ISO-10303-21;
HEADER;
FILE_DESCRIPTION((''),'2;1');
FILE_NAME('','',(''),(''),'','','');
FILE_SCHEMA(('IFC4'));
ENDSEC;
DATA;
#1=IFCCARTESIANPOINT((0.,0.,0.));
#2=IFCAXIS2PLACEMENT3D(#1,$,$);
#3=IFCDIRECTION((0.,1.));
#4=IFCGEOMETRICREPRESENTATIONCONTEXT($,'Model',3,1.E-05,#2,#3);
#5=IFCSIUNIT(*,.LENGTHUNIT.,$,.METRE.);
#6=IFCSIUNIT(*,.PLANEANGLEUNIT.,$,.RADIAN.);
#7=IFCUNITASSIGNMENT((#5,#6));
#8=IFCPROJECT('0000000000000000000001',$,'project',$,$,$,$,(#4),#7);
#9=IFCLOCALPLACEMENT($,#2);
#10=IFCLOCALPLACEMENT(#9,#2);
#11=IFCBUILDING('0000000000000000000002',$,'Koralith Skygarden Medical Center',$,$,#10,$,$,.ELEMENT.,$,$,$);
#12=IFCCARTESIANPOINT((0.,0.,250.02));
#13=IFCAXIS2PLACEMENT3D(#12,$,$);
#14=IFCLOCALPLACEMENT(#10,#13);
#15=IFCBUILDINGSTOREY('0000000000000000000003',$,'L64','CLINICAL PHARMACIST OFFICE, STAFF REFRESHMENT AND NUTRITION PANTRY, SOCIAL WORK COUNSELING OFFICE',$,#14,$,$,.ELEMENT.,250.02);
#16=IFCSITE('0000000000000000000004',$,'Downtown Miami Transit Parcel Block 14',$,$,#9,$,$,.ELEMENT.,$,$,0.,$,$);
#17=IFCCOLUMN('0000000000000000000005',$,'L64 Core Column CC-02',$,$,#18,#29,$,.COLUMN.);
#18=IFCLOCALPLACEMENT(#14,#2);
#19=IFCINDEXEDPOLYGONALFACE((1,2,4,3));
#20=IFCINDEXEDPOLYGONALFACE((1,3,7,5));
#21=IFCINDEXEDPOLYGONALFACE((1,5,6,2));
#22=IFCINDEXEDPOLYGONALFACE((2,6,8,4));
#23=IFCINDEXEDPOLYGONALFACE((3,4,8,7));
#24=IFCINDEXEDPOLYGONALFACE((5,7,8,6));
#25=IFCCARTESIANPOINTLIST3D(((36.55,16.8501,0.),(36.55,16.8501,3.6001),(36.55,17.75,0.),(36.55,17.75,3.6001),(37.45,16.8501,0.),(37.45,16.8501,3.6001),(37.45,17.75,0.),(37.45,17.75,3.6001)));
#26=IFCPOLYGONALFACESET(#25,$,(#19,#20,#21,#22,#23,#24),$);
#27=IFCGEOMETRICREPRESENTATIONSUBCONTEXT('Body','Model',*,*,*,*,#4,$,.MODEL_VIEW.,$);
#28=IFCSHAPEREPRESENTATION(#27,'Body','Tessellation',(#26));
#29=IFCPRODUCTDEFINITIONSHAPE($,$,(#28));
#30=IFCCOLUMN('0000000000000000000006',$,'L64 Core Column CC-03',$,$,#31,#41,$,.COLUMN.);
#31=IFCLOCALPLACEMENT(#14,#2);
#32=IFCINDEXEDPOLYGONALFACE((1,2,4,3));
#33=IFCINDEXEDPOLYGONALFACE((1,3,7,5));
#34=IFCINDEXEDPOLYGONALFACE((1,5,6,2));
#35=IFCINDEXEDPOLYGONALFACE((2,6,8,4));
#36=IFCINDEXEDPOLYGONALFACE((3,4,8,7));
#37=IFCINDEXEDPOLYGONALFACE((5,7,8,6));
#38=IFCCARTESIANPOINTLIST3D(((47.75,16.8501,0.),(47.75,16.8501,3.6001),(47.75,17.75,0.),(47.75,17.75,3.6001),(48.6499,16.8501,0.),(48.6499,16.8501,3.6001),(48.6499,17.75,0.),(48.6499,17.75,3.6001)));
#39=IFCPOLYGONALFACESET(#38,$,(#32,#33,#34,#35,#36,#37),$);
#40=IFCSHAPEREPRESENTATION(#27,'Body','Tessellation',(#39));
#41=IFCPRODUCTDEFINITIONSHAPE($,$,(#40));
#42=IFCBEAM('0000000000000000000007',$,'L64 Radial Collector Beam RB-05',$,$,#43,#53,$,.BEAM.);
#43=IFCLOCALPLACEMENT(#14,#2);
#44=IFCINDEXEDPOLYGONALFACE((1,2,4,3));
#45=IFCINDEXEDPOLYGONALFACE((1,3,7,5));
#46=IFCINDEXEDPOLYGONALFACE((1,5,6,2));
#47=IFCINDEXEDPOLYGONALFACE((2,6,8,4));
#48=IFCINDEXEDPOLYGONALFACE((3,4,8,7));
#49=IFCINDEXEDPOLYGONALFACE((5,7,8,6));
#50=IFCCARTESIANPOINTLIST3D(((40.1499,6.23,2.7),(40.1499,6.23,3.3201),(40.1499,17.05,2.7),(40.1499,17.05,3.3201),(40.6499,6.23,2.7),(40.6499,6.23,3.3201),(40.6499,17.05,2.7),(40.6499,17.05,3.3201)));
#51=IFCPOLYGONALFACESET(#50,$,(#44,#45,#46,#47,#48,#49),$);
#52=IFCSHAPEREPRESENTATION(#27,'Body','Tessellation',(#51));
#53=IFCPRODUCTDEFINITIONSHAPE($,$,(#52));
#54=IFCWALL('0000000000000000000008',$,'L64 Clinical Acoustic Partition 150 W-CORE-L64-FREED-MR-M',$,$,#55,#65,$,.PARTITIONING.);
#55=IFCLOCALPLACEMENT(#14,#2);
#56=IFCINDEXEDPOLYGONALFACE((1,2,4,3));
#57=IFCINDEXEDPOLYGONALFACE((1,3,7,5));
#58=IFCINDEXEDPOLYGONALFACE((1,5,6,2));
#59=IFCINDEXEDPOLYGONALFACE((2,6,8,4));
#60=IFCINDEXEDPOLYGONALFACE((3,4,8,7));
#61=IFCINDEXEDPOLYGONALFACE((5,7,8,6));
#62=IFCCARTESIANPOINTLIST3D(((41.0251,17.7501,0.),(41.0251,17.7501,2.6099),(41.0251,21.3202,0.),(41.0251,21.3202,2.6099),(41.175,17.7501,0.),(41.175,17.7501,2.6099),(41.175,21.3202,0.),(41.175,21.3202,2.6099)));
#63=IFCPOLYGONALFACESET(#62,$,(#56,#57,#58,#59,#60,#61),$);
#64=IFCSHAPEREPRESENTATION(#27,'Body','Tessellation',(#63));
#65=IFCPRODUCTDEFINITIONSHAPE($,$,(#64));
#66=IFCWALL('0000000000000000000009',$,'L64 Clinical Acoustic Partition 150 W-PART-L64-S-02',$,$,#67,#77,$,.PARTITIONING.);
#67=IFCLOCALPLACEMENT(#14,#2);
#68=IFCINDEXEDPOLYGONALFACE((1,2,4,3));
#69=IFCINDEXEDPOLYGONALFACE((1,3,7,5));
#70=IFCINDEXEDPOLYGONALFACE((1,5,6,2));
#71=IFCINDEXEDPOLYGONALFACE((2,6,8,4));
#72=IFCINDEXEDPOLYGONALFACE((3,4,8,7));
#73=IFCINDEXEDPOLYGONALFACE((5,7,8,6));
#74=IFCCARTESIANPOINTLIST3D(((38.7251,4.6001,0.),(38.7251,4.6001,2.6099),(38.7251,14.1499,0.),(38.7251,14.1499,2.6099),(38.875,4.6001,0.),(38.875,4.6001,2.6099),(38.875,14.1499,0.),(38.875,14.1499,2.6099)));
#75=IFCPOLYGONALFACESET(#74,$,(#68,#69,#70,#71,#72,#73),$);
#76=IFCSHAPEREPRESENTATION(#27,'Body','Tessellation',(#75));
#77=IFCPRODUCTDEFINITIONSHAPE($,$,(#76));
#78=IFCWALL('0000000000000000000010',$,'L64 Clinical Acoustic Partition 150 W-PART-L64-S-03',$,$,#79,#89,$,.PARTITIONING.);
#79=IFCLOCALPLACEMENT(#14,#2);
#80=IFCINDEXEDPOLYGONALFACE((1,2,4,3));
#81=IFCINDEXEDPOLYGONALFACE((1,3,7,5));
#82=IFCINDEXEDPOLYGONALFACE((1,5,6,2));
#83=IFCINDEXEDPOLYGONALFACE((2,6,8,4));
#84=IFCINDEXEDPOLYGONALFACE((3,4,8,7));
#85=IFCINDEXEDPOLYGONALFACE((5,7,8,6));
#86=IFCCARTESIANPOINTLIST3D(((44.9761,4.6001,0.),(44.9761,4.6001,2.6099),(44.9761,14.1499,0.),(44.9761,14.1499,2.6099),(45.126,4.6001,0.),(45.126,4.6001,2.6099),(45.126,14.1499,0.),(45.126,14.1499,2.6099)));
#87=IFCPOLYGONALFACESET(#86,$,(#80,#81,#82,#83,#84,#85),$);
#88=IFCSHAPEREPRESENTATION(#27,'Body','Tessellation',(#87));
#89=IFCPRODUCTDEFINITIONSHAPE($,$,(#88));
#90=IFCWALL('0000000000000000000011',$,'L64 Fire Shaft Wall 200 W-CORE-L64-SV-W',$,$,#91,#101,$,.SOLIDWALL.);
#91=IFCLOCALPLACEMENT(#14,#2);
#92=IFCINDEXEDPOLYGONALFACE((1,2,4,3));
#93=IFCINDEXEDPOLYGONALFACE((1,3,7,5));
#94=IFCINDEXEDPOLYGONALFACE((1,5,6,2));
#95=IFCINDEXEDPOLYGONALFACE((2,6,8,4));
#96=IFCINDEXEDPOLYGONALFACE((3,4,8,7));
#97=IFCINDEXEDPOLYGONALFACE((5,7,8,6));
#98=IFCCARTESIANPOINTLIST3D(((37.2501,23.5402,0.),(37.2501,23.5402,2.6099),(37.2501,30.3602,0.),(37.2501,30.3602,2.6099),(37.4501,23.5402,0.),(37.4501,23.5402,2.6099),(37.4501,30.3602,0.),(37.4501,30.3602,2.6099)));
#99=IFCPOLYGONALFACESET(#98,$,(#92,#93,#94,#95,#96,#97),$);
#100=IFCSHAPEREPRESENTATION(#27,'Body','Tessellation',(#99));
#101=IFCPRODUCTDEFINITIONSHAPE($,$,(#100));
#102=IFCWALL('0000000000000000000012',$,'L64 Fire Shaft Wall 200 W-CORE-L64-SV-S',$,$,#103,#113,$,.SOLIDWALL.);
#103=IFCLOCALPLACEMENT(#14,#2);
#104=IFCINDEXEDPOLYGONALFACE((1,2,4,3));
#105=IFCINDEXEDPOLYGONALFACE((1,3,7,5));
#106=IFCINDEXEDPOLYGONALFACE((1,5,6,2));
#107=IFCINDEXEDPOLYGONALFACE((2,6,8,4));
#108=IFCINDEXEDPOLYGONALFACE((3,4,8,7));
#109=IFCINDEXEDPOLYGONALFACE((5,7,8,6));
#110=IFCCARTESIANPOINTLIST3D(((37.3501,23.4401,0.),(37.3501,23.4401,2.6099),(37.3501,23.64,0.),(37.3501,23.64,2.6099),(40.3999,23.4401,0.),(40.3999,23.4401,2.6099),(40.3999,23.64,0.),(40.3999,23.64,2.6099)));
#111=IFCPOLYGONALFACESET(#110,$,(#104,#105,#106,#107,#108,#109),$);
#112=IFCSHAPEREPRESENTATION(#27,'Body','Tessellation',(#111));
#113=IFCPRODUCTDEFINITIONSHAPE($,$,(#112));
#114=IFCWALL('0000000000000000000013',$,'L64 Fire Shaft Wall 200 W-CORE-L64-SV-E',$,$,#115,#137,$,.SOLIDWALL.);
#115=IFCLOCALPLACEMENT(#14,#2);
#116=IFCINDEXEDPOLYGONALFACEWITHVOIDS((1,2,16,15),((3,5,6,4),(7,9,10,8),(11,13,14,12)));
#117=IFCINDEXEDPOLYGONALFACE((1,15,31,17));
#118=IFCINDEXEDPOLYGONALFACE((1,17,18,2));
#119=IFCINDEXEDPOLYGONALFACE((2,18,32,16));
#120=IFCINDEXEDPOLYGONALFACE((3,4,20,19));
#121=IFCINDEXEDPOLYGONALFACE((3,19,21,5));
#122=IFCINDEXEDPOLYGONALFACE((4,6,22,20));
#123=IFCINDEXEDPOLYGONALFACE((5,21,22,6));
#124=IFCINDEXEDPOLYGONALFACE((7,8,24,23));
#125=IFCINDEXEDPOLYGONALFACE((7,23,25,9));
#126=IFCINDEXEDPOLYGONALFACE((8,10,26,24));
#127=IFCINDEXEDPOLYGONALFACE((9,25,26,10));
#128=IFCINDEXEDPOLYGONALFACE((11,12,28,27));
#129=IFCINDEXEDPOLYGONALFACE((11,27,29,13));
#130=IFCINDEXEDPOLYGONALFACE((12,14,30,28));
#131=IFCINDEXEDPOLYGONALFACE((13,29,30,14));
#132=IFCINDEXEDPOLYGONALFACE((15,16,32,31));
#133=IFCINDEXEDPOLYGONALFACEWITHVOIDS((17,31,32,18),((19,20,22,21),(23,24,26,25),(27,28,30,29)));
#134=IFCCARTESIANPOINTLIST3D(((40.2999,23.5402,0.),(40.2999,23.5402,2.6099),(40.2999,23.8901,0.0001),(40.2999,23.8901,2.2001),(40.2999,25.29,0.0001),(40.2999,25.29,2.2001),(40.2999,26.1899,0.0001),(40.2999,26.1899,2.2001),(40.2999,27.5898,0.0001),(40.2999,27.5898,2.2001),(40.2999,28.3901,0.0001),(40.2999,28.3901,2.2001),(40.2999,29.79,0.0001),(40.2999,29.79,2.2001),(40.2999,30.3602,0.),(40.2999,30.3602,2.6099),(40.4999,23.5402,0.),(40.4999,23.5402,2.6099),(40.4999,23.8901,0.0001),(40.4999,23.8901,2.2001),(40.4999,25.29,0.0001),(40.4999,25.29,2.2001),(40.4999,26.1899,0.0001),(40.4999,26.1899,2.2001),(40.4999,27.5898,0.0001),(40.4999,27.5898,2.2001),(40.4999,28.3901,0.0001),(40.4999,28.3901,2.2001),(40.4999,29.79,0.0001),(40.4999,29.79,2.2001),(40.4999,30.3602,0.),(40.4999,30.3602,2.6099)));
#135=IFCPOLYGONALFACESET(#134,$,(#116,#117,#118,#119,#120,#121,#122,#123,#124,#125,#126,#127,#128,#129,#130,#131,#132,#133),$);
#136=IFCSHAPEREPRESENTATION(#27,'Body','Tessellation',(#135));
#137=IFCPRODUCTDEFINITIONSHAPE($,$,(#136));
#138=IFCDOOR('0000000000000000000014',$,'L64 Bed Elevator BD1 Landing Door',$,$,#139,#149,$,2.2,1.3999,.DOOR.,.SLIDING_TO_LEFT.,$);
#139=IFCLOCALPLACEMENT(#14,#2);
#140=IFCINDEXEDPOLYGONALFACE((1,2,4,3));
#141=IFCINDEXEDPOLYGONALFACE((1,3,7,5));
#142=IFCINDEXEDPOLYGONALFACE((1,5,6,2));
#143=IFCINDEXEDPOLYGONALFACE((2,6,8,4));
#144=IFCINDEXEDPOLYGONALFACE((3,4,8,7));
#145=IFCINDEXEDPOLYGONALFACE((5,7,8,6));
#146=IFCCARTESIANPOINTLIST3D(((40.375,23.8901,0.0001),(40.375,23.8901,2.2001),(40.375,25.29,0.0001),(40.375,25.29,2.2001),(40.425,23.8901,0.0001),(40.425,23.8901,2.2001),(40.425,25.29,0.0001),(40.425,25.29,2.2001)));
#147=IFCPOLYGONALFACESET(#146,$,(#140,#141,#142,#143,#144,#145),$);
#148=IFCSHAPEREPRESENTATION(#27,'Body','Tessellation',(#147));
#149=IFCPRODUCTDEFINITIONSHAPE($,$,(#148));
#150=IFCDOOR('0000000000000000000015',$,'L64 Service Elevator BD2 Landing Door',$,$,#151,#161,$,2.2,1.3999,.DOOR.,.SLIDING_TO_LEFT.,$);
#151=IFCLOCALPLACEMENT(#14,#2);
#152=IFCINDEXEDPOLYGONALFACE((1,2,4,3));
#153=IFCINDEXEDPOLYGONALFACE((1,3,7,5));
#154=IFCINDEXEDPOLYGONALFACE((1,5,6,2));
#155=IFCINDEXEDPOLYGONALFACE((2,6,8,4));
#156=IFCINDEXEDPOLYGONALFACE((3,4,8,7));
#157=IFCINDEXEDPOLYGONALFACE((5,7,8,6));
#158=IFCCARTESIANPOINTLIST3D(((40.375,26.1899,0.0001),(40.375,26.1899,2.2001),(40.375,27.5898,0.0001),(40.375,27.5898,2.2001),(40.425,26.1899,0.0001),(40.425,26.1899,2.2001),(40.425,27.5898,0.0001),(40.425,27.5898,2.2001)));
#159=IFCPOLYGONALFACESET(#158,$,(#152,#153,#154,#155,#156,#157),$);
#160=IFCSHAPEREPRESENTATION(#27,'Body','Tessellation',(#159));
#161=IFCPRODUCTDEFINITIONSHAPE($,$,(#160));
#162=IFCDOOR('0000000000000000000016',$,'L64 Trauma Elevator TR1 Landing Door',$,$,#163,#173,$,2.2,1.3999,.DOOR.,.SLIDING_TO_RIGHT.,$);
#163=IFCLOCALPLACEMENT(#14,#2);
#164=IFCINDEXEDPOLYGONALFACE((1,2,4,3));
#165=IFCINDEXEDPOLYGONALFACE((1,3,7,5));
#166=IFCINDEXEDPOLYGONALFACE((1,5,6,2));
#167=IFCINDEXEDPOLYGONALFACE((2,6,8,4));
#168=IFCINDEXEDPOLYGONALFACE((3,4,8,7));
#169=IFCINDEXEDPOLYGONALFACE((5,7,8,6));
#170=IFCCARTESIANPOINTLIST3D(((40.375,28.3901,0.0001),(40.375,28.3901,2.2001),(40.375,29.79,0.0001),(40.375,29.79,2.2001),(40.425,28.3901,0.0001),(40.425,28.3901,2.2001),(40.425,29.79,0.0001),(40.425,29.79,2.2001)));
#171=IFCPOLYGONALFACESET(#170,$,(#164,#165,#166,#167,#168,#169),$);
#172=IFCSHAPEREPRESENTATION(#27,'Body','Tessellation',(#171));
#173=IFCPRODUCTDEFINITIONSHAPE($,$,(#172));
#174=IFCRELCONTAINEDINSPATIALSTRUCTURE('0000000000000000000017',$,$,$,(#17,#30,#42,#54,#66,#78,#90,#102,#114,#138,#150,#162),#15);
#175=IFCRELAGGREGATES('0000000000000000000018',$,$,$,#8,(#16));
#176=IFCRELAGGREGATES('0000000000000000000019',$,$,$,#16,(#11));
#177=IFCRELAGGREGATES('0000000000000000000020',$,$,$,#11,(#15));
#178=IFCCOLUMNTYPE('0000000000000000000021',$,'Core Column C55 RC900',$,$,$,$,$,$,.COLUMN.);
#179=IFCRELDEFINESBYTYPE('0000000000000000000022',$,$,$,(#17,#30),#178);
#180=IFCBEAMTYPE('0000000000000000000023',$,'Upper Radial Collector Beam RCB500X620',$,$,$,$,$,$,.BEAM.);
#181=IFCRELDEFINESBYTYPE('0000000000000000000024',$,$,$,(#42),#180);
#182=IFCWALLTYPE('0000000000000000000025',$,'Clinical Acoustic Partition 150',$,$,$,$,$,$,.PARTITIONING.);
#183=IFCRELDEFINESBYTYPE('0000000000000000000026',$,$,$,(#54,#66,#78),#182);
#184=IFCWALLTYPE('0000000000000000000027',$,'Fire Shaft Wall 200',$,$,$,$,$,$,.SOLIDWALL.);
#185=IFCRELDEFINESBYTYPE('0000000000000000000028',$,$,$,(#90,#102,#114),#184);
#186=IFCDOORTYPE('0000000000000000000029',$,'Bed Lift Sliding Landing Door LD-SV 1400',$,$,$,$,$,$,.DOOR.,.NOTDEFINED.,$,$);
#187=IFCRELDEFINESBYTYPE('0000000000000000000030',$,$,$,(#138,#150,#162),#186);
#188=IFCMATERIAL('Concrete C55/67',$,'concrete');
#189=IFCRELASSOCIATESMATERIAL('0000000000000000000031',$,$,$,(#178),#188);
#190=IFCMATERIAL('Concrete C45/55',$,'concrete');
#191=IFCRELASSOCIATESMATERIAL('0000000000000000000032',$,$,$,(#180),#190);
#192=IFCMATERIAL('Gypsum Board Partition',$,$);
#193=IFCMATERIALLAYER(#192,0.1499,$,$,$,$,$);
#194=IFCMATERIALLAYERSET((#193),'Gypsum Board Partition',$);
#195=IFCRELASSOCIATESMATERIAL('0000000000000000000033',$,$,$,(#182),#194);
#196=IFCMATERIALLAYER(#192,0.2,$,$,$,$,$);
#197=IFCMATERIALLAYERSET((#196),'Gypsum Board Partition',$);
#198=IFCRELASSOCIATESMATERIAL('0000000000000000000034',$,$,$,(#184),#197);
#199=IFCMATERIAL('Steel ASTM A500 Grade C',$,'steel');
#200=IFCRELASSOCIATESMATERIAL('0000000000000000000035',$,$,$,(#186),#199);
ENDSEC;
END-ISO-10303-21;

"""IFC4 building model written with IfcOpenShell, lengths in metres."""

from ifc_helpers import new_model, si_unit, direction, frame, frame_2d, origin, origin_2d, place, context, subcontext, project, spatial, rectangle, extrude, material, layer, layer_set, material_profile, profile_set, type_object, element, fill, save


model = new_model("IFC4")

# Units and contexts
model_context = context("Model", 3, precision=1e-05, world=origin(), true_north=direction((0.0, 1.0)))
body_context = subcontext(model_context, "Body", "Model", "MODEL_VIEW")
ifc_project = project(units=[si_unit("LENGTHUNIT", "METRE"), si_unit("PLANEANGLEUNIT", "RADIAN")], contexts=[model_context])

# Site, building, storey
site_placement = place(None, origin())
site = spatial("IfcSite", under=ifc_project, at=site_placement, Name="Downtown Miami Transit Parcel Block 14", CompositionType="ELEMENT", RefElevation=0.0)
building_placement = place(site_placement, origin())
building = spatial("IfcBuilding", under=site, at=building_placement, Name="Koralith Skygarden Medical Center", CompositionType="ELEMENT")
storey_placement = place(building_placement, frame((0.0, 0.0, 250.02)))
storey = spatial("IfcBuildingStorey", under=building, at=storey_placement, Name="L64", Description="CLINICAL PHARMACIST OFFICE, STAFF REFRESHMENT AND NUTRITION PANTRY, SOCIAL WORK COUNSELING OFFICE", CompositionType="ELEMENT", Elevation=250.02)

# Columns
ifc_material_1 = material(Name="Concrete C55/67", Category="concrete")
ifc_material_profile_1 = material_profile(ifc_material_1, rectangle(XDim=0.8999, YDim=0.8999, at=origin_2d()), Name="RC900X900")
ifc_profile_set_1 = profile_set([ifc_material_profile_1], Name="Concrete C55/67")
column_type = type_object("IfcColumnType", Name="Core Column C55 RC900", PredefinedType="COLUMN", material=ifc_profile_set_1)
for number, where, z_axis, x_axis, name in (
    (1, (37.0, 17.3, 0.0), (0.0, 0.0, 1.0), (1.0, 0.0, 0.0), "L64 Core Column CC-02"),
    (2, (48.2, 17.3, 0.0), (0.0, 0.0, 1.0), (1.0, 0.0, 0.0), "L64 Core Column CC-03"),
):
    element("IfcColumn", number, at=place(storey_placement, frame(where, z_axis=z_axis, x_axis=x_axis)), inside=storey, type_object=column_type, Name=name, PredefinedType="COLUMN", context=body_context, shape_type="SweptSolid", body=[
        extrude(rectangle(XDim=0.8999, YDim=0.8999, at=origin_2d()), origin(), (0.0, 0.0, 1.0), 3.6001),
    ])

# Beam
ifc_material_2 = material(Name="Concrete C45/55", Category="concrete")
ifc_material_profile_2 = material_profile(ifc_material_2, rectangle(XDim=0.5, YDim=0.6201, at=origin_2d()), Name="RCB500X620")
ifc_profile_set_2 = profile_set([ifc_material_profile_2], Name="Concrete C45/55")
beam_type = type_object("IfcBeamType", Name="Upper Radial Collector Beam RCB500X620", PredefinedType="BEAM", material=ifc_profile_set_2)
beam_placement = place(storey_placement, frame((40.3999, 17.05, 3.01), z_axis=(0.0, -1.0, 0.0), x_axis=(1.0, 0.0, 0.0)))
element("IfcBeam", 3, at=beam_placement, inside=storey, type_object=beam_type, Name="L64 Radial Collector Beam RB-05", PredefinedType="BEAM", context=body_context, shape_type="SweptSolid", body=[
    extrude(rectangle(XDim=0.5, YDim=0.6201, at=origin_2d()), origin(), (0.0, 0.0, 1.0), 10.8201),
])

# Shared definitions
ifc_material_3 = material(Name="Gypsum Board Partition")
ifc_layer_1 = layer(ifc_material_3, 0.1499)
ifc_layer_set_1 = layer_set([ifc_layer_1], Name="Gypsum Board Partition")
wall_type_1 = type_object("IfcWallType", Name="Clinical Acoustic Partition 150", PredefinedType="PARTITIONING", material=ifc_layer_set_1)

# Walls
wall_1_placement = place(storey_placement, frame((41.1001, 17.75, 0.0), z_axis=(0.0, 0.0, 1.0), x_axis=(0.0, 1.0, 0.0)))
element("IfcWall", 4, at=wall_1_placement, inside=storey, type_object=wall_type_1, Name="L64 Clinical Acoustic Partition 150 W-CORE-L64-FREED-MR-M", PredefinedType="PARTITIONING", context=body_context, shape_type="SweptSolid", body=[
    extrude(rectangle(XDim=3.5701, YDim=0.1499, at=frame_2d((1.7852, 0.0))), origin(), (0.0, 0.0, 1.0), 2.6099),
])
for number, where, z_axis, x_axis, name in (
    (5, (38.8, 14.1499, 0.0), (0.0, 0.0, 1.0), (0.0, -1.0, 0.0), "L64 Clinical Acoustic Partition 150 W-PART-L64-S-02"),
    (6, (45.051, 14.1499, 0.0), (0.0, 0.0, 1.0), (0.0, -1.0, 0.0), "L64 Clinical Acoustic Partition 150 W-PART-L64-S-03"),
):
    element("IfcWall", number, at=place(storey_placement, frame(where, z_axis=z_axis, x_axis=x_axis)), inside=storey, type_object=wall_type_1, Name=name, PredefinedType="PARTITIONING", context=body_context, shape_type="SweptSolid", body=[
        extrude(rectangle(XDim=9.5498, YDim=0.1499, at=frame_2d((4.7749, 0.0))), origin(), (0.0, 0.0, 1.0), 2.6099),
    ])

# Shared definitions
ifc_layer_2 = layer(ifc_material_3, 0.2)
ifc_layer_set_2 = layer_set([ifc_layer_2], Name="Gypsum Board Partition")
wall_type_2 = type_object("IfcWallType", Name="Fire Shaft Wall 200", PredefinedType="SOLIDWALL", material=ifc_layer_set_2)
ifc_material_4 = material(Name="Steel ASTM A500 Grade C", Category="steel")

# Walls
wall_2_placement = place(storey_placement, frame((37.3501, 23.54, 0.0), z_axis=(0.0, 0.0, 1.0), x_axis=(0.0, 1.0, 0.0)))
element("IfcWall", 7, at=wall_2_placement, inside=storey, type_object=wall_type_2, Name="L64 Fire Shaft Wall 200 W-CORE-L64-SV-W", PredefinedType="SOLIDWALL", context=body_context, shape_type="SweptSolid", body=[
    extrude(rectangle(XDim=6.8201, YDim=0.2, at=frame_2d((3.4102, 0.0))), origin(), (0.0, 0.0, 1.0), 2.6099),
])
wall_3_placement = place(storey_placement, frame((37.3501, 23.54, 0.0), z_axis=(0.0, 0.0, 1.0), x_axis=(1.0, 0.0, 0.0)))
element("IfcWall", 8, at=wall_3_placement, inside=storey, type_object=wall_type_2, Name="L64 Fire Shaft Wall 200 W-CORE-L64-SV-S", PredefinedType="SOLIDWALL", context=body_context, shape_type="SweptSolid", body=[
    extrude(rectangle(XDim=3.0498, YDim=0.2, at=frame_2d((1.5249, 0.0))), origin(), (0.0, 0.0, 1.0), 2.6099),
])

# Wall, openings, doors
wall_4_placement = place(storey_placement, frame((40.3999, 23.54, 0.0), z_axis=(0.0, 0.0, 1.0), x_axis=(0.0, 1.0, 0.0)))
wall_4 = element("IfcWall", 9, at=wall_4_placement, inside=storey, type_object=wall_type_2, Name="L64 Fire Shaft Wall 200 W-CORE-L64-SV-E", PredefinedType="SOLIDWALL", context=body_context, shape_type="SweptSolid", body=[
    extrude(rectangle(XDim=6.8201, YDim=0.2, at=frame_2d((3.4102, 0.0))), origin(), (0.0, 0.0, 1.0), 2.6099),
])
opening_1_placement = place(wall_4_placement, frame((0.3501, 0.0, 0.0)))
opening_1 = element("IfcOpeningElement", 10, at=opening_1_placement, cuts=wall_4, PredefinedType="OPENING", context=body_context, shape_type="SweptSolid", body=[
    extrude(rectangle(XDim=1.3999, YDim=2.2, at=frame_2d((0.7, 1.1001))), frame((0.0, 0.1099, 0.0), z_axis=(0.0, -1.0, 0.0), x_axis=(1.0, 0.0, 0.0)), (0.0, 0.0, 1.0), 0.22),
])
opening_2_placement = place(wall_4_placement, frame((2.6499, 0.0, 0.0)))
opening_2 = element("IfcOpeningElement", 11, at=opening_2_placement, cuts=wall_4, PredefinedType="OPENING", context=body_context, shape_type="SweptSolid", body=[
    extrude(rectangle(XDim=1.3999, YDim=2.2, at=frame_2d((0.7, 1.1001))), frame((0.0, 0.1099, 0.0), z_axis=(0.0, -1.0, 0.0), x_axis=(1.0, 0.0, 0.0)), (0.0, 0.0, 1.0), 0.22),
])
opening_3_placement = place(wall_4_placement, frame((4.8501, 0.0, 0.0)))
opening_3 = element("IfcOpeningElement", 12, at=opening_3_placement, cuts=wall_4, PredefinedType="OPENING", context=body_context, shape_type="SweptSolid", body=[
    extrude(rectangle(XDim=1.3999, YDim=2.2, at=frame_2d((0.7, 1.1001))), frame((0.0, 0.1099, 0.0), z_axis=(0.0, -1.0, 0.0), x_axis=(1.0, 0.0, 0.0)), (0.0, 0.0, 1.0), 0.22),
])
door_type_1 = type_object("IfcDoorType", Name="Bed Lift Sliding Landing Door LD-SV 1400", OperationType="NOTDEFINED", PredefinedType="DOOR", material=ifc_material_4)
door_1_placement = place(opening_1_placement, origin())
door_1 = element("IfcDoor", 13, at=door_1_placement, inside=storey, type_object=door_type_1, Name="L64 Bed Elevator BD1 Landing Door", OperationType="SLIDING_TO_LEFT", OverallHeight=2.2, OverallWidth=1.3999, PredefinedType="DOOR", context=body_context, shape_type="SweptSolid", body=[
    extrude(rectangle(XDim=1.3999, YDim=2.2, at=frame_2d((0.7, 1.1001))), frame((0.0, 0.0249, 0.0), z_axis=(0.0, -1.0, 0.0), x_axis=(1.0, 0.0, 0.0)), (0.0, 0.0, 1.0), 0.05),
])
fill(opening_1, door_1)
door_2_placement = place(opening_2_placement, origin())
door_2 = element("IfcDoor", 14, at=door_2_placement, inside=storey, type_object=door_type_1, Name="L64 Service Elevator BD2 Landing Door", OperationType="SLIDING_TO_LEFT", OverallHeight=2.2, OverallWidth=1.3999, PredefinedType="DOOR", context=body_context, shape_type="SweptSolid", body=[
    extrude(rectangle(XDim=1.3999, YDim=2.2, at=frame_2d((0.7, 1.1001))), frame((0.0, 0.0249, 0.0), z_axis=(0.0, -1.0, 0.0), x_axis=(1.0, 0.0, 0.0)), (0.0, 0.0, 1.0), 0.05),
])
fill(opening_2, door_2)
door_3_placement = place(opening_3_placement, origin())
door_3 = element("IfcDoor", 15, at=door_3_placement, inside=storey, type_object=door_type_1, Name="L64 Trauma Elevator TR1 Landing Door", OperationType="SLIDING_TO_RIGHT", OverallHeight=2.2, OverallWidth=1.3999, PredefinedType="DOOR", context=body_context, shape_type="SweptSolid", body=[
    extrude(rectangle(XDim=1.3999, YDim=2.2, at=frame_2d((0.7, 1.1001))), frame((0.0, 0.0249, 0.0), z_axis=(0.0, -1.0, 0.0), x_axis=(1.0, 0.0, 0.0)), (0.0, 0.0, 1.0), 0.05),
])
fill(opening_3, door_3)

save(model, "model.ifc")
